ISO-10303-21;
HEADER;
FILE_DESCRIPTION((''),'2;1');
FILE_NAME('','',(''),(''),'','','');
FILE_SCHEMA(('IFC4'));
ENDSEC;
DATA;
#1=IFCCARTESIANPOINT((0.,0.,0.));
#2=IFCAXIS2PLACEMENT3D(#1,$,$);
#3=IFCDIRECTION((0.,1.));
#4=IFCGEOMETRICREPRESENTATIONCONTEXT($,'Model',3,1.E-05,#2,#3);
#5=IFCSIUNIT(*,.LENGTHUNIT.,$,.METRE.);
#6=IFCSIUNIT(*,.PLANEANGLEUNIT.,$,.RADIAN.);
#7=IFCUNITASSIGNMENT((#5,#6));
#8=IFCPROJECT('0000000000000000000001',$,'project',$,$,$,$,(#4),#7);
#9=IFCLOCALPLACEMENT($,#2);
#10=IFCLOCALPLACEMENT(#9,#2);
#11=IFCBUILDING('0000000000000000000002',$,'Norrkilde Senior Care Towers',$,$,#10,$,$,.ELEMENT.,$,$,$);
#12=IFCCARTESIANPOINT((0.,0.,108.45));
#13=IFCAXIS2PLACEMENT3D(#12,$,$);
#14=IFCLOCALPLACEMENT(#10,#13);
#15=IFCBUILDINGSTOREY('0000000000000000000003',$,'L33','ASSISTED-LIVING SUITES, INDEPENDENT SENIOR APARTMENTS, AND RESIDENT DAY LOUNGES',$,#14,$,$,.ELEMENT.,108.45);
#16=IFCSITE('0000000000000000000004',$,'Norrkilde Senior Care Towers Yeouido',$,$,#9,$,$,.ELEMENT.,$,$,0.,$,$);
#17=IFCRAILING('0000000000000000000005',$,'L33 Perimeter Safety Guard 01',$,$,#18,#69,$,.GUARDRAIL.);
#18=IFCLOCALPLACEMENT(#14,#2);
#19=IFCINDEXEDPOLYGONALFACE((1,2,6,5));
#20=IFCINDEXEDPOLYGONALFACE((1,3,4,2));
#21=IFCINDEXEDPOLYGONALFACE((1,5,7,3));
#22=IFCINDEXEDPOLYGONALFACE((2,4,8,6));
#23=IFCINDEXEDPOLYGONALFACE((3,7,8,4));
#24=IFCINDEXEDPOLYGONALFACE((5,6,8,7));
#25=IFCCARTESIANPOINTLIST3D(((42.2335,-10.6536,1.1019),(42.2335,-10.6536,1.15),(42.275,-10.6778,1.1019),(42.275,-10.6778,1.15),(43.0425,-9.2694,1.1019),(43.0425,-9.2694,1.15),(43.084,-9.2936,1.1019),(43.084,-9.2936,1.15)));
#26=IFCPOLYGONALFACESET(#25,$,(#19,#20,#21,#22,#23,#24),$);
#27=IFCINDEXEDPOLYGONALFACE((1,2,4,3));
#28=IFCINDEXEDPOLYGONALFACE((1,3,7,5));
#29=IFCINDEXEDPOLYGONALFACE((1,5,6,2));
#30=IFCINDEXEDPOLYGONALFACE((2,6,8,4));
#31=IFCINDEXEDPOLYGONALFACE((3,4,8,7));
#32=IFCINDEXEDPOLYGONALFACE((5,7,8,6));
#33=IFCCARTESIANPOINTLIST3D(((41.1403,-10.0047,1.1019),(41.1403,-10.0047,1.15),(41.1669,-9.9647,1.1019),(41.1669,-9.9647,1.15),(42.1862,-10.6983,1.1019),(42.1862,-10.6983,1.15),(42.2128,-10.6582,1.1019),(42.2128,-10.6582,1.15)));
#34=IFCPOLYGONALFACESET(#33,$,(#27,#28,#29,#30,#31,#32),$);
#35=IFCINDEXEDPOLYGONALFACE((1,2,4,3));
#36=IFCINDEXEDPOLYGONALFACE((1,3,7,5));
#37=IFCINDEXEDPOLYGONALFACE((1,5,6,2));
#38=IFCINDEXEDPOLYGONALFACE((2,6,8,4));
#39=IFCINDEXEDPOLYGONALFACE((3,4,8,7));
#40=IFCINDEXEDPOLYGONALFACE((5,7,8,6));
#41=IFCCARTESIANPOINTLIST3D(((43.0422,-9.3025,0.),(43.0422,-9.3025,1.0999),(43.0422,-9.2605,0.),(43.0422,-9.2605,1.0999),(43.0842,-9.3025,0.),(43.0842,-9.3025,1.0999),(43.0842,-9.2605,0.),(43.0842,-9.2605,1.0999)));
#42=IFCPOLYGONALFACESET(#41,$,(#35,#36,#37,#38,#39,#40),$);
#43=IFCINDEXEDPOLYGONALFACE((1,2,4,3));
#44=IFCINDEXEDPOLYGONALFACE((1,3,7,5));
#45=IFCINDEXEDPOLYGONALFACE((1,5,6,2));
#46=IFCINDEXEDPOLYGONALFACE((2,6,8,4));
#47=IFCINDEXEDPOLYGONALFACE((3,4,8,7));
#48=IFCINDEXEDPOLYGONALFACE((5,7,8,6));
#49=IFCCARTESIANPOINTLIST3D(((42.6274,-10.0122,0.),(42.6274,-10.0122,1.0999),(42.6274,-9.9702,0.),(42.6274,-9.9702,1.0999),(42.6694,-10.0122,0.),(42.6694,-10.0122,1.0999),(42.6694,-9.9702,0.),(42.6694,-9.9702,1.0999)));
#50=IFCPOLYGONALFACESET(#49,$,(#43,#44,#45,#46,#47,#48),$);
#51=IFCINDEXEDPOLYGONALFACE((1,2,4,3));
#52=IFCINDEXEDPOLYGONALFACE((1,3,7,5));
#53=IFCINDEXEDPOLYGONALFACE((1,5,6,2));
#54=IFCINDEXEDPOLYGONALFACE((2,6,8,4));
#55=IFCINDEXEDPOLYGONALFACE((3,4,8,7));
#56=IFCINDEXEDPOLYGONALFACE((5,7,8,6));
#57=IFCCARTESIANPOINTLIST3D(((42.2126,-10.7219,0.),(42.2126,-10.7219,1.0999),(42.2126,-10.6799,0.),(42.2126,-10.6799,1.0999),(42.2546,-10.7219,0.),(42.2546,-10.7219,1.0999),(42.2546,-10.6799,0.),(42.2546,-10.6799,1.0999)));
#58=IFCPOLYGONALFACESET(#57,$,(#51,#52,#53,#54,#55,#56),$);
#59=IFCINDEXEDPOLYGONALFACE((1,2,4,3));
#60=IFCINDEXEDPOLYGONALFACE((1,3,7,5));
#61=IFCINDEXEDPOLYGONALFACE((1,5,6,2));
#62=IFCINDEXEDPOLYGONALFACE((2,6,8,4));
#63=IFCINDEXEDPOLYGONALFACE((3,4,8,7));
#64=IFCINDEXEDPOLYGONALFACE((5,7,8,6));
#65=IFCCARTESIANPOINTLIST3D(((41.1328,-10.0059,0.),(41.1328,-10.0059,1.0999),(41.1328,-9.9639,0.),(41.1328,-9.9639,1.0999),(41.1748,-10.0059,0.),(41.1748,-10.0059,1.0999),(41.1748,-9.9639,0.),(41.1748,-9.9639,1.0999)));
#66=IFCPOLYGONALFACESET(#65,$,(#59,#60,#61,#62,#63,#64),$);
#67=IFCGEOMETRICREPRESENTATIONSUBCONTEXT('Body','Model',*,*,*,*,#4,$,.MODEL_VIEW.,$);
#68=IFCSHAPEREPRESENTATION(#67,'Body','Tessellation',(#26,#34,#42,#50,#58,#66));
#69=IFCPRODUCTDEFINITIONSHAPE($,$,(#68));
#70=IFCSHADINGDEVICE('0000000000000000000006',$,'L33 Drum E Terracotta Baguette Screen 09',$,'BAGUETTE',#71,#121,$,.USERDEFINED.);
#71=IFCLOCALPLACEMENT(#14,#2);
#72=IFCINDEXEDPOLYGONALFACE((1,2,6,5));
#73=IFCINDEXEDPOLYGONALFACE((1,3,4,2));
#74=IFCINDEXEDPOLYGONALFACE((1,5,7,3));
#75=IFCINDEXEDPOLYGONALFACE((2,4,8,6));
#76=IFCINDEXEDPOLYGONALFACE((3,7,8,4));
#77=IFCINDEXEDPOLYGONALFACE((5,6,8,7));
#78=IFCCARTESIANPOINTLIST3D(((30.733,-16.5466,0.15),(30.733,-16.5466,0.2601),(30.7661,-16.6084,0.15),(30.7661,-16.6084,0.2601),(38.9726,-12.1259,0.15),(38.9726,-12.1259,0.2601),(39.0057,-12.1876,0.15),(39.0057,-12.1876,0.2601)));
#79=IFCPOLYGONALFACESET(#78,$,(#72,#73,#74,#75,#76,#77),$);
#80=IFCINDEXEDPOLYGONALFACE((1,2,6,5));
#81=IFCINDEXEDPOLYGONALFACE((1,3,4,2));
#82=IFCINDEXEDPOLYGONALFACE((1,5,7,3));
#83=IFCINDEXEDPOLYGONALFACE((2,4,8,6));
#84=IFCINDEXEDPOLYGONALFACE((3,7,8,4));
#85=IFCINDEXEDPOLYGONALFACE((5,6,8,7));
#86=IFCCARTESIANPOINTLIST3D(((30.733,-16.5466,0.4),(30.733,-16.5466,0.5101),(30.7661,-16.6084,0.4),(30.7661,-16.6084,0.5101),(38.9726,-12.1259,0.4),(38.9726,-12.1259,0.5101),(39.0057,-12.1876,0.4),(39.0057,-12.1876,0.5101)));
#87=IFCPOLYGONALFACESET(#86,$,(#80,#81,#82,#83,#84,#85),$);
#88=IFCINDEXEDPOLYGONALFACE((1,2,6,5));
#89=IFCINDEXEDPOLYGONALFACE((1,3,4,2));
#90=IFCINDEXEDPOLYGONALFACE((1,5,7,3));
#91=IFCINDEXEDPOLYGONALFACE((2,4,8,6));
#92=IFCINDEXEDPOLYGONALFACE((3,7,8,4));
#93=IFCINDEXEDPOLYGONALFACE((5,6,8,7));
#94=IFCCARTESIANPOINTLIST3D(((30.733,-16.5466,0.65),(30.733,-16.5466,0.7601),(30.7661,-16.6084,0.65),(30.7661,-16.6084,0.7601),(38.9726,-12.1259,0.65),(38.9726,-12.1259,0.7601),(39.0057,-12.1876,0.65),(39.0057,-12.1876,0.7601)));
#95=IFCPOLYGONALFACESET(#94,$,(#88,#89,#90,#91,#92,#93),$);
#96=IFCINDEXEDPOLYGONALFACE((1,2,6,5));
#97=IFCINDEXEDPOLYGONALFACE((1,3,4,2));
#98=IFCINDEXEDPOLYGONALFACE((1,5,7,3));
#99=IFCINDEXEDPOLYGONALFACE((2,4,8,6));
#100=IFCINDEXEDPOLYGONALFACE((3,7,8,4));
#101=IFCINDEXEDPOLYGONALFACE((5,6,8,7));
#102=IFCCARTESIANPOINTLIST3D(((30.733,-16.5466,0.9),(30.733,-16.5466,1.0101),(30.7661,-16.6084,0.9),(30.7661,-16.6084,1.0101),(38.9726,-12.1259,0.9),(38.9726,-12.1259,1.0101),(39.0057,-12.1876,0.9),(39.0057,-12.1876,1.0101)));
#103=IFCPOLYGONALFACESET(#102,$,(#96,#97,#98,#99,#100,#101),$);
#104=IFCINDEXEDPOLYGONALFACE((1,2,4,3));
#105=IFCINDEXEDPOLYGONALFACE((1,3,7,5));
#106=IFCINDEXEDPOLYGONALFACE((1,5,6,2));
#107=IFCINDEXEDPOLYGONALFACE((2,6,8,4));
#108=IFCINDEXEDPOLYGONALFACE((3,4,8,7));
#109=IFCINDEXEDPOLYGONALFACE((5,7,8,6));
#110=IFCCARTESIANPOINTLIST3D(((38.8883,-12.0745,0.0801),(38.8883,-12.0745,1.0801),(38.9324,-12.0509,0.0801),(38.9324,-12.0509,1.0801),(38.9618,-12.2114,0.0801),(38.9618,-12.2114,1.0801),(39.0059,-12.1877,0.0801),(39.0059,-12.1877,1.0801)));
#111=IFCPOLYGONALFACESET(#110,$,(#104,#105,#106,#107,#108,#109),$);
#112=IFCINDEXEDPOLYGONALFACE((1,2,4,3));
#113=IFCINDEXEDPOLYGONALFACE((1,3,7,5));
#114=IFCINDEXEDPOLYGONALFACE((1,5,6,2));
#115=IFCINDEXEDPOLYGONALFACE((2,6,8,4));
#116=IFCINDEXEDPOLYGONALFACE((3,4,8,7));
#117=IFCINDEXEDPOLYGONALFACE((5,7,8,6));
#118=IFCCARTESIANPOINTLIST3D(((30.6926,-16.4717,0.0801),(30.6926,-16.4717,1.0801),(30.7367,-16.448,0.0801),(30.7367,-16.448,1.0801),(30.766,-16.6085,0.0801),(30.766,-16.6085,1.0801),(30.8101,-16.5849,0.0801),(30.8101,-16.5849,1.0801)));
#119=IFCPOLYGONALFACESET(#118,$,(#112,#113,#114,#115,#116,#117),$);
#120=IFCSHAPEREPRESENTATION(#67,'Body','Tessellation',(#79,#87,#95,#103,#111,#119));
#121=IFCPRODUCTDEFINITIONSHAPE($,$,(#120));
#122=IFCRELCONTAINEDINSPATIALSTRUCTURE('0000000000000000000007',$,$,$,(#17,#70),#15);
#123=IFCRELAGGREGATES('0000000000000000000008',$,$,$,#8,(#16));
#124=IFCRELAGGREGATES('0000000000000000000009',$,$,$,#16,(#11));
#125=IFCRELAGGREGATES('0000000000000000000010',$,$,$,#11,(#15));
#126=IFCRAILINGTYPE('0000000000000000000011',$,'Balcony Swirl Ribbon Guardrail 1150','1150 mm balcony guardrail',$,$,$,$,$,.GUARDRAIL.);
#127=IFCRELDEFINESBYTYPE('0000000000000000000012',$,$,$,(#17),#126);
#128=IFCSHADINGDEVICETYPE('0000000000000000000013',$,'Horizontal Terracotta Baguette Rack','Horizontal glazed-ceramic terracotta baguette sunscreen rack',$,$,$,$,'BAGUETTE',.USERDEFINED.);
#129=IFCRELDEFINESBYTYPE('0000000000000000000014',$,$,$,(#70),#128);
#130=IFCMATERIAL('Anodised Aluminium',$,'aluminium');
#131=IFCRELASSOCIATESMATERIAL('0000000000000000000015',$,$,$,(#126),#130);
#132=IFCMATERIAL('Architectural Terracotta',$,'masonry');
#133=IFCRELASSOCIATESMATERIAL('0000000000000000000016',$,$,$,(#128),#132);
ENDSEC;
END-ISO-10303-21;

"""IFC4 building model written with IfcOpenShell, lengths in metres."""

from ifc_helpers import new_model, si_unit, direction, frame, origin, origin_2d, place, context, subcontext, project, spatial, rectangle, extrude, source, transform, mapped, material, type_object, type_shapes, element, save


model = new_model("IFC4")

# Units and contexts
model_context = context("Model", 3, precision=1e-05, world=origin(), true_north=direction((0.0, 1.0)))
body_context = subcontext(model_context, "Body", "Model", "MODEL_VIEW")
ifc_project = project(units=[si_unit("LENGTHUNIT", "METRE"), si_unit("PLANEANGLEUNIT", "RADIAN")], contexts=[model_context])

# Site, building, storey
site_placement = place(None, origin())
site = spatial("IfcSite", under=ifc_project, at=site_placement, Name="Norrkilde Senior Care Towers Yeouido", CompositionType="ELEMENT", RefElevation=0.0)
building_placement = place(site_placement, origin())
building = spatial("IfcBuilding", under=site, at=building_placement, Name="Norrkilde Senior Care Towers", CompositionType="ELEMENT")
storey_placement = place(building_placement, frame((0.0, 0.0, 108.45)))
storey = spatial("IfcBuildingStorey", under=building, at=storey_placement, Name="L33", Description="ASSISTED-LIVING SUITES, INDEPENDENT SENIOR APARTMENTS, AND RESIDENT DAY LOUNGES", CompositionType="ELEMENT", Elevation=108.45)

# Shared definitions
ifc_material_1 = material(Name="Anodised Aluminium", Category="aluminium")

# Railing
railing_type = type_object("IfcRailingType", Name="Balcony Swirl Ribbon Guardrail 1150", Description="1150 mm balcony guardrail", PredefinedType="GUARDRAIL", material=ifc_material_1)
railing_placement = place(storey_placement, frame((43.0632, -9.2815, 0.0)))
element("IfcRailing", 1, at=railing_placement, inside=storey, type_object=railing_type, Name="L33 Perimeter Safety Guard 01", PredefinedType="GUARDRAIL", context=body_context, shape_type="SweptSolid", body=[
    extrude(rectangle(XDim=0.0481, YDim=0.0481, at=origin_2d()), frame((0.0, 0.0, 1.126), z_axis=(-0.504591, -0.863359, 0.0), x_axis=(0.863359, -0.504591, 0.0)), (0.0, 0.0, 1.0), 1.6033),
    extrude(rectangle(XDim=0.0481, YDim=0.0481, at=origin_2d()), frame((-0.8638, -1.3967, 1.126), z_axis=(-0.83341, 0.552655, 0.0), x_axis=(-0.552655, -0.83341, 0.0)), (0.0, 0.0, 1.0), 1.2549),
    extrude(rectangle(XDim=0.042, YDim=0.042, at=origin_2d()), origin(), (0.0, 0.0, 1.0), 1.0999),
    extrude(rectangle(XDim=0.042, YDim=0.042, at=origin_2d()), frame((-0.4148, -0.7097, 0.0)), (0.0, 0.0, 1.0), 1.0999),
    extrude(rectangle(XDim=0.042, YDim=0.042, at=origin_2d()), frame((-0.8296, -1.4194, 0.0)), (0.0, 0.0, 1.0), 1.0999),
    extrude(rectangle(XDim=0.042, YDim=0.042, at=origin_2d()), frame((-1.9094, -0.7034, 0.0)), (0.0, 0.0, 1.0), 1.0999),
])

# Shading device
ifc_material_2 = material(Name="Architectural Terracotta", Category="masonry")
shading_device_type = type_object("IfcShadingDeviceType", Name="Horizontal Terracotta Baguette Rack", Description="Horizontal glazed-ceramic terracotta baguette sunscreen rack", ElementType="BAGUETTE", PredefinedType="USERDEFINED", material=ifc_material_2)
shared_shape_1 = source(origin(), body_context, "Body", "SweptSolid", [
    extrude(rectangle(XDim=0.0701, YDim=0.1101, at=origin_2d()), frame((0.0, 0.0901, 0.125), z_axis=(1.0, 0.0, 0.0), x_axis=(0.0, 1.0, 0.0)), (0.0, 0.0, 1.0), 9.3506),
    extrude(rectangle(XDim=0.0701, YDim=0.1101, at=origin_2d()), frame((0.0, 0.0901, 0.375), z_axis=(1.0, 0.0, 0.0), x_axis=(0.0, 1.0, 0.0)), (0.0, 0.0, 1.0), 9.3506),
    extrude(rectangle(XDim=0.0701, YDim=0.1101, at=origin_2d()), frame((0.0, 0.0901, 0.625), z_axis=(1.0, 0.0, 0.0), x_axis=(0.0, 1.0, 0.0)), (0.0, 0.0, 1.0), 9.3506),
    extrude(rectangle(XDim=0.0701, YDim=0.1101, at=origin_2d()), frame((0.0, 0.0901, 0.875), z_axis=(1.0, 0.0, 0.0), x_axis=(0.0, 1.0, 0.0)), (0.0, 0.0, 1.0), 9.3506),
    extrude(rectangle(XDim=0.05, YDim=0.1553, at=origin_2d()), frame((0.0249, 0.0476, 0.0)), (0.0, 0.0, 1.0), 1.0),
    extrude(rectangle(XDim=0.05, YDim=0.1553, at=origin_2d()), frame((9.3257, 0.0476, 0.0)), (0.0, 0.0, 1.0), 1.0),
])
type_shapes(shading_device_type, [shared_shape_1])
shading_device_placement = place(storey_placement, frame((38.9465, -12.0774, 0.0801), z_axis=(0.0, 0.0, 1.0), x_axis=(-0.881175, -0.472768, 0.0)))
element("IfcShadingDevice", 2, at=shading_device_placement, inside=storey, type_object=shading_device_type, Name="L33 Drum E Terracotta Baguette Screen 09", ObjectType="BAGUETTE", PredefinedType="USERDEFINED", context=body_context, shape_type="MappedRepresentation", body=[
    mapped(shared_shape_1, transform((0.0, 0.0, 0.0), x_axis=(1.0, 0.0, 0.0), y_axis=(0.0, 1.0, 0.0), z_axis=(0.0, 0.0, 1.0), scale=1.0)),
])

save(model, "model.ifc")
